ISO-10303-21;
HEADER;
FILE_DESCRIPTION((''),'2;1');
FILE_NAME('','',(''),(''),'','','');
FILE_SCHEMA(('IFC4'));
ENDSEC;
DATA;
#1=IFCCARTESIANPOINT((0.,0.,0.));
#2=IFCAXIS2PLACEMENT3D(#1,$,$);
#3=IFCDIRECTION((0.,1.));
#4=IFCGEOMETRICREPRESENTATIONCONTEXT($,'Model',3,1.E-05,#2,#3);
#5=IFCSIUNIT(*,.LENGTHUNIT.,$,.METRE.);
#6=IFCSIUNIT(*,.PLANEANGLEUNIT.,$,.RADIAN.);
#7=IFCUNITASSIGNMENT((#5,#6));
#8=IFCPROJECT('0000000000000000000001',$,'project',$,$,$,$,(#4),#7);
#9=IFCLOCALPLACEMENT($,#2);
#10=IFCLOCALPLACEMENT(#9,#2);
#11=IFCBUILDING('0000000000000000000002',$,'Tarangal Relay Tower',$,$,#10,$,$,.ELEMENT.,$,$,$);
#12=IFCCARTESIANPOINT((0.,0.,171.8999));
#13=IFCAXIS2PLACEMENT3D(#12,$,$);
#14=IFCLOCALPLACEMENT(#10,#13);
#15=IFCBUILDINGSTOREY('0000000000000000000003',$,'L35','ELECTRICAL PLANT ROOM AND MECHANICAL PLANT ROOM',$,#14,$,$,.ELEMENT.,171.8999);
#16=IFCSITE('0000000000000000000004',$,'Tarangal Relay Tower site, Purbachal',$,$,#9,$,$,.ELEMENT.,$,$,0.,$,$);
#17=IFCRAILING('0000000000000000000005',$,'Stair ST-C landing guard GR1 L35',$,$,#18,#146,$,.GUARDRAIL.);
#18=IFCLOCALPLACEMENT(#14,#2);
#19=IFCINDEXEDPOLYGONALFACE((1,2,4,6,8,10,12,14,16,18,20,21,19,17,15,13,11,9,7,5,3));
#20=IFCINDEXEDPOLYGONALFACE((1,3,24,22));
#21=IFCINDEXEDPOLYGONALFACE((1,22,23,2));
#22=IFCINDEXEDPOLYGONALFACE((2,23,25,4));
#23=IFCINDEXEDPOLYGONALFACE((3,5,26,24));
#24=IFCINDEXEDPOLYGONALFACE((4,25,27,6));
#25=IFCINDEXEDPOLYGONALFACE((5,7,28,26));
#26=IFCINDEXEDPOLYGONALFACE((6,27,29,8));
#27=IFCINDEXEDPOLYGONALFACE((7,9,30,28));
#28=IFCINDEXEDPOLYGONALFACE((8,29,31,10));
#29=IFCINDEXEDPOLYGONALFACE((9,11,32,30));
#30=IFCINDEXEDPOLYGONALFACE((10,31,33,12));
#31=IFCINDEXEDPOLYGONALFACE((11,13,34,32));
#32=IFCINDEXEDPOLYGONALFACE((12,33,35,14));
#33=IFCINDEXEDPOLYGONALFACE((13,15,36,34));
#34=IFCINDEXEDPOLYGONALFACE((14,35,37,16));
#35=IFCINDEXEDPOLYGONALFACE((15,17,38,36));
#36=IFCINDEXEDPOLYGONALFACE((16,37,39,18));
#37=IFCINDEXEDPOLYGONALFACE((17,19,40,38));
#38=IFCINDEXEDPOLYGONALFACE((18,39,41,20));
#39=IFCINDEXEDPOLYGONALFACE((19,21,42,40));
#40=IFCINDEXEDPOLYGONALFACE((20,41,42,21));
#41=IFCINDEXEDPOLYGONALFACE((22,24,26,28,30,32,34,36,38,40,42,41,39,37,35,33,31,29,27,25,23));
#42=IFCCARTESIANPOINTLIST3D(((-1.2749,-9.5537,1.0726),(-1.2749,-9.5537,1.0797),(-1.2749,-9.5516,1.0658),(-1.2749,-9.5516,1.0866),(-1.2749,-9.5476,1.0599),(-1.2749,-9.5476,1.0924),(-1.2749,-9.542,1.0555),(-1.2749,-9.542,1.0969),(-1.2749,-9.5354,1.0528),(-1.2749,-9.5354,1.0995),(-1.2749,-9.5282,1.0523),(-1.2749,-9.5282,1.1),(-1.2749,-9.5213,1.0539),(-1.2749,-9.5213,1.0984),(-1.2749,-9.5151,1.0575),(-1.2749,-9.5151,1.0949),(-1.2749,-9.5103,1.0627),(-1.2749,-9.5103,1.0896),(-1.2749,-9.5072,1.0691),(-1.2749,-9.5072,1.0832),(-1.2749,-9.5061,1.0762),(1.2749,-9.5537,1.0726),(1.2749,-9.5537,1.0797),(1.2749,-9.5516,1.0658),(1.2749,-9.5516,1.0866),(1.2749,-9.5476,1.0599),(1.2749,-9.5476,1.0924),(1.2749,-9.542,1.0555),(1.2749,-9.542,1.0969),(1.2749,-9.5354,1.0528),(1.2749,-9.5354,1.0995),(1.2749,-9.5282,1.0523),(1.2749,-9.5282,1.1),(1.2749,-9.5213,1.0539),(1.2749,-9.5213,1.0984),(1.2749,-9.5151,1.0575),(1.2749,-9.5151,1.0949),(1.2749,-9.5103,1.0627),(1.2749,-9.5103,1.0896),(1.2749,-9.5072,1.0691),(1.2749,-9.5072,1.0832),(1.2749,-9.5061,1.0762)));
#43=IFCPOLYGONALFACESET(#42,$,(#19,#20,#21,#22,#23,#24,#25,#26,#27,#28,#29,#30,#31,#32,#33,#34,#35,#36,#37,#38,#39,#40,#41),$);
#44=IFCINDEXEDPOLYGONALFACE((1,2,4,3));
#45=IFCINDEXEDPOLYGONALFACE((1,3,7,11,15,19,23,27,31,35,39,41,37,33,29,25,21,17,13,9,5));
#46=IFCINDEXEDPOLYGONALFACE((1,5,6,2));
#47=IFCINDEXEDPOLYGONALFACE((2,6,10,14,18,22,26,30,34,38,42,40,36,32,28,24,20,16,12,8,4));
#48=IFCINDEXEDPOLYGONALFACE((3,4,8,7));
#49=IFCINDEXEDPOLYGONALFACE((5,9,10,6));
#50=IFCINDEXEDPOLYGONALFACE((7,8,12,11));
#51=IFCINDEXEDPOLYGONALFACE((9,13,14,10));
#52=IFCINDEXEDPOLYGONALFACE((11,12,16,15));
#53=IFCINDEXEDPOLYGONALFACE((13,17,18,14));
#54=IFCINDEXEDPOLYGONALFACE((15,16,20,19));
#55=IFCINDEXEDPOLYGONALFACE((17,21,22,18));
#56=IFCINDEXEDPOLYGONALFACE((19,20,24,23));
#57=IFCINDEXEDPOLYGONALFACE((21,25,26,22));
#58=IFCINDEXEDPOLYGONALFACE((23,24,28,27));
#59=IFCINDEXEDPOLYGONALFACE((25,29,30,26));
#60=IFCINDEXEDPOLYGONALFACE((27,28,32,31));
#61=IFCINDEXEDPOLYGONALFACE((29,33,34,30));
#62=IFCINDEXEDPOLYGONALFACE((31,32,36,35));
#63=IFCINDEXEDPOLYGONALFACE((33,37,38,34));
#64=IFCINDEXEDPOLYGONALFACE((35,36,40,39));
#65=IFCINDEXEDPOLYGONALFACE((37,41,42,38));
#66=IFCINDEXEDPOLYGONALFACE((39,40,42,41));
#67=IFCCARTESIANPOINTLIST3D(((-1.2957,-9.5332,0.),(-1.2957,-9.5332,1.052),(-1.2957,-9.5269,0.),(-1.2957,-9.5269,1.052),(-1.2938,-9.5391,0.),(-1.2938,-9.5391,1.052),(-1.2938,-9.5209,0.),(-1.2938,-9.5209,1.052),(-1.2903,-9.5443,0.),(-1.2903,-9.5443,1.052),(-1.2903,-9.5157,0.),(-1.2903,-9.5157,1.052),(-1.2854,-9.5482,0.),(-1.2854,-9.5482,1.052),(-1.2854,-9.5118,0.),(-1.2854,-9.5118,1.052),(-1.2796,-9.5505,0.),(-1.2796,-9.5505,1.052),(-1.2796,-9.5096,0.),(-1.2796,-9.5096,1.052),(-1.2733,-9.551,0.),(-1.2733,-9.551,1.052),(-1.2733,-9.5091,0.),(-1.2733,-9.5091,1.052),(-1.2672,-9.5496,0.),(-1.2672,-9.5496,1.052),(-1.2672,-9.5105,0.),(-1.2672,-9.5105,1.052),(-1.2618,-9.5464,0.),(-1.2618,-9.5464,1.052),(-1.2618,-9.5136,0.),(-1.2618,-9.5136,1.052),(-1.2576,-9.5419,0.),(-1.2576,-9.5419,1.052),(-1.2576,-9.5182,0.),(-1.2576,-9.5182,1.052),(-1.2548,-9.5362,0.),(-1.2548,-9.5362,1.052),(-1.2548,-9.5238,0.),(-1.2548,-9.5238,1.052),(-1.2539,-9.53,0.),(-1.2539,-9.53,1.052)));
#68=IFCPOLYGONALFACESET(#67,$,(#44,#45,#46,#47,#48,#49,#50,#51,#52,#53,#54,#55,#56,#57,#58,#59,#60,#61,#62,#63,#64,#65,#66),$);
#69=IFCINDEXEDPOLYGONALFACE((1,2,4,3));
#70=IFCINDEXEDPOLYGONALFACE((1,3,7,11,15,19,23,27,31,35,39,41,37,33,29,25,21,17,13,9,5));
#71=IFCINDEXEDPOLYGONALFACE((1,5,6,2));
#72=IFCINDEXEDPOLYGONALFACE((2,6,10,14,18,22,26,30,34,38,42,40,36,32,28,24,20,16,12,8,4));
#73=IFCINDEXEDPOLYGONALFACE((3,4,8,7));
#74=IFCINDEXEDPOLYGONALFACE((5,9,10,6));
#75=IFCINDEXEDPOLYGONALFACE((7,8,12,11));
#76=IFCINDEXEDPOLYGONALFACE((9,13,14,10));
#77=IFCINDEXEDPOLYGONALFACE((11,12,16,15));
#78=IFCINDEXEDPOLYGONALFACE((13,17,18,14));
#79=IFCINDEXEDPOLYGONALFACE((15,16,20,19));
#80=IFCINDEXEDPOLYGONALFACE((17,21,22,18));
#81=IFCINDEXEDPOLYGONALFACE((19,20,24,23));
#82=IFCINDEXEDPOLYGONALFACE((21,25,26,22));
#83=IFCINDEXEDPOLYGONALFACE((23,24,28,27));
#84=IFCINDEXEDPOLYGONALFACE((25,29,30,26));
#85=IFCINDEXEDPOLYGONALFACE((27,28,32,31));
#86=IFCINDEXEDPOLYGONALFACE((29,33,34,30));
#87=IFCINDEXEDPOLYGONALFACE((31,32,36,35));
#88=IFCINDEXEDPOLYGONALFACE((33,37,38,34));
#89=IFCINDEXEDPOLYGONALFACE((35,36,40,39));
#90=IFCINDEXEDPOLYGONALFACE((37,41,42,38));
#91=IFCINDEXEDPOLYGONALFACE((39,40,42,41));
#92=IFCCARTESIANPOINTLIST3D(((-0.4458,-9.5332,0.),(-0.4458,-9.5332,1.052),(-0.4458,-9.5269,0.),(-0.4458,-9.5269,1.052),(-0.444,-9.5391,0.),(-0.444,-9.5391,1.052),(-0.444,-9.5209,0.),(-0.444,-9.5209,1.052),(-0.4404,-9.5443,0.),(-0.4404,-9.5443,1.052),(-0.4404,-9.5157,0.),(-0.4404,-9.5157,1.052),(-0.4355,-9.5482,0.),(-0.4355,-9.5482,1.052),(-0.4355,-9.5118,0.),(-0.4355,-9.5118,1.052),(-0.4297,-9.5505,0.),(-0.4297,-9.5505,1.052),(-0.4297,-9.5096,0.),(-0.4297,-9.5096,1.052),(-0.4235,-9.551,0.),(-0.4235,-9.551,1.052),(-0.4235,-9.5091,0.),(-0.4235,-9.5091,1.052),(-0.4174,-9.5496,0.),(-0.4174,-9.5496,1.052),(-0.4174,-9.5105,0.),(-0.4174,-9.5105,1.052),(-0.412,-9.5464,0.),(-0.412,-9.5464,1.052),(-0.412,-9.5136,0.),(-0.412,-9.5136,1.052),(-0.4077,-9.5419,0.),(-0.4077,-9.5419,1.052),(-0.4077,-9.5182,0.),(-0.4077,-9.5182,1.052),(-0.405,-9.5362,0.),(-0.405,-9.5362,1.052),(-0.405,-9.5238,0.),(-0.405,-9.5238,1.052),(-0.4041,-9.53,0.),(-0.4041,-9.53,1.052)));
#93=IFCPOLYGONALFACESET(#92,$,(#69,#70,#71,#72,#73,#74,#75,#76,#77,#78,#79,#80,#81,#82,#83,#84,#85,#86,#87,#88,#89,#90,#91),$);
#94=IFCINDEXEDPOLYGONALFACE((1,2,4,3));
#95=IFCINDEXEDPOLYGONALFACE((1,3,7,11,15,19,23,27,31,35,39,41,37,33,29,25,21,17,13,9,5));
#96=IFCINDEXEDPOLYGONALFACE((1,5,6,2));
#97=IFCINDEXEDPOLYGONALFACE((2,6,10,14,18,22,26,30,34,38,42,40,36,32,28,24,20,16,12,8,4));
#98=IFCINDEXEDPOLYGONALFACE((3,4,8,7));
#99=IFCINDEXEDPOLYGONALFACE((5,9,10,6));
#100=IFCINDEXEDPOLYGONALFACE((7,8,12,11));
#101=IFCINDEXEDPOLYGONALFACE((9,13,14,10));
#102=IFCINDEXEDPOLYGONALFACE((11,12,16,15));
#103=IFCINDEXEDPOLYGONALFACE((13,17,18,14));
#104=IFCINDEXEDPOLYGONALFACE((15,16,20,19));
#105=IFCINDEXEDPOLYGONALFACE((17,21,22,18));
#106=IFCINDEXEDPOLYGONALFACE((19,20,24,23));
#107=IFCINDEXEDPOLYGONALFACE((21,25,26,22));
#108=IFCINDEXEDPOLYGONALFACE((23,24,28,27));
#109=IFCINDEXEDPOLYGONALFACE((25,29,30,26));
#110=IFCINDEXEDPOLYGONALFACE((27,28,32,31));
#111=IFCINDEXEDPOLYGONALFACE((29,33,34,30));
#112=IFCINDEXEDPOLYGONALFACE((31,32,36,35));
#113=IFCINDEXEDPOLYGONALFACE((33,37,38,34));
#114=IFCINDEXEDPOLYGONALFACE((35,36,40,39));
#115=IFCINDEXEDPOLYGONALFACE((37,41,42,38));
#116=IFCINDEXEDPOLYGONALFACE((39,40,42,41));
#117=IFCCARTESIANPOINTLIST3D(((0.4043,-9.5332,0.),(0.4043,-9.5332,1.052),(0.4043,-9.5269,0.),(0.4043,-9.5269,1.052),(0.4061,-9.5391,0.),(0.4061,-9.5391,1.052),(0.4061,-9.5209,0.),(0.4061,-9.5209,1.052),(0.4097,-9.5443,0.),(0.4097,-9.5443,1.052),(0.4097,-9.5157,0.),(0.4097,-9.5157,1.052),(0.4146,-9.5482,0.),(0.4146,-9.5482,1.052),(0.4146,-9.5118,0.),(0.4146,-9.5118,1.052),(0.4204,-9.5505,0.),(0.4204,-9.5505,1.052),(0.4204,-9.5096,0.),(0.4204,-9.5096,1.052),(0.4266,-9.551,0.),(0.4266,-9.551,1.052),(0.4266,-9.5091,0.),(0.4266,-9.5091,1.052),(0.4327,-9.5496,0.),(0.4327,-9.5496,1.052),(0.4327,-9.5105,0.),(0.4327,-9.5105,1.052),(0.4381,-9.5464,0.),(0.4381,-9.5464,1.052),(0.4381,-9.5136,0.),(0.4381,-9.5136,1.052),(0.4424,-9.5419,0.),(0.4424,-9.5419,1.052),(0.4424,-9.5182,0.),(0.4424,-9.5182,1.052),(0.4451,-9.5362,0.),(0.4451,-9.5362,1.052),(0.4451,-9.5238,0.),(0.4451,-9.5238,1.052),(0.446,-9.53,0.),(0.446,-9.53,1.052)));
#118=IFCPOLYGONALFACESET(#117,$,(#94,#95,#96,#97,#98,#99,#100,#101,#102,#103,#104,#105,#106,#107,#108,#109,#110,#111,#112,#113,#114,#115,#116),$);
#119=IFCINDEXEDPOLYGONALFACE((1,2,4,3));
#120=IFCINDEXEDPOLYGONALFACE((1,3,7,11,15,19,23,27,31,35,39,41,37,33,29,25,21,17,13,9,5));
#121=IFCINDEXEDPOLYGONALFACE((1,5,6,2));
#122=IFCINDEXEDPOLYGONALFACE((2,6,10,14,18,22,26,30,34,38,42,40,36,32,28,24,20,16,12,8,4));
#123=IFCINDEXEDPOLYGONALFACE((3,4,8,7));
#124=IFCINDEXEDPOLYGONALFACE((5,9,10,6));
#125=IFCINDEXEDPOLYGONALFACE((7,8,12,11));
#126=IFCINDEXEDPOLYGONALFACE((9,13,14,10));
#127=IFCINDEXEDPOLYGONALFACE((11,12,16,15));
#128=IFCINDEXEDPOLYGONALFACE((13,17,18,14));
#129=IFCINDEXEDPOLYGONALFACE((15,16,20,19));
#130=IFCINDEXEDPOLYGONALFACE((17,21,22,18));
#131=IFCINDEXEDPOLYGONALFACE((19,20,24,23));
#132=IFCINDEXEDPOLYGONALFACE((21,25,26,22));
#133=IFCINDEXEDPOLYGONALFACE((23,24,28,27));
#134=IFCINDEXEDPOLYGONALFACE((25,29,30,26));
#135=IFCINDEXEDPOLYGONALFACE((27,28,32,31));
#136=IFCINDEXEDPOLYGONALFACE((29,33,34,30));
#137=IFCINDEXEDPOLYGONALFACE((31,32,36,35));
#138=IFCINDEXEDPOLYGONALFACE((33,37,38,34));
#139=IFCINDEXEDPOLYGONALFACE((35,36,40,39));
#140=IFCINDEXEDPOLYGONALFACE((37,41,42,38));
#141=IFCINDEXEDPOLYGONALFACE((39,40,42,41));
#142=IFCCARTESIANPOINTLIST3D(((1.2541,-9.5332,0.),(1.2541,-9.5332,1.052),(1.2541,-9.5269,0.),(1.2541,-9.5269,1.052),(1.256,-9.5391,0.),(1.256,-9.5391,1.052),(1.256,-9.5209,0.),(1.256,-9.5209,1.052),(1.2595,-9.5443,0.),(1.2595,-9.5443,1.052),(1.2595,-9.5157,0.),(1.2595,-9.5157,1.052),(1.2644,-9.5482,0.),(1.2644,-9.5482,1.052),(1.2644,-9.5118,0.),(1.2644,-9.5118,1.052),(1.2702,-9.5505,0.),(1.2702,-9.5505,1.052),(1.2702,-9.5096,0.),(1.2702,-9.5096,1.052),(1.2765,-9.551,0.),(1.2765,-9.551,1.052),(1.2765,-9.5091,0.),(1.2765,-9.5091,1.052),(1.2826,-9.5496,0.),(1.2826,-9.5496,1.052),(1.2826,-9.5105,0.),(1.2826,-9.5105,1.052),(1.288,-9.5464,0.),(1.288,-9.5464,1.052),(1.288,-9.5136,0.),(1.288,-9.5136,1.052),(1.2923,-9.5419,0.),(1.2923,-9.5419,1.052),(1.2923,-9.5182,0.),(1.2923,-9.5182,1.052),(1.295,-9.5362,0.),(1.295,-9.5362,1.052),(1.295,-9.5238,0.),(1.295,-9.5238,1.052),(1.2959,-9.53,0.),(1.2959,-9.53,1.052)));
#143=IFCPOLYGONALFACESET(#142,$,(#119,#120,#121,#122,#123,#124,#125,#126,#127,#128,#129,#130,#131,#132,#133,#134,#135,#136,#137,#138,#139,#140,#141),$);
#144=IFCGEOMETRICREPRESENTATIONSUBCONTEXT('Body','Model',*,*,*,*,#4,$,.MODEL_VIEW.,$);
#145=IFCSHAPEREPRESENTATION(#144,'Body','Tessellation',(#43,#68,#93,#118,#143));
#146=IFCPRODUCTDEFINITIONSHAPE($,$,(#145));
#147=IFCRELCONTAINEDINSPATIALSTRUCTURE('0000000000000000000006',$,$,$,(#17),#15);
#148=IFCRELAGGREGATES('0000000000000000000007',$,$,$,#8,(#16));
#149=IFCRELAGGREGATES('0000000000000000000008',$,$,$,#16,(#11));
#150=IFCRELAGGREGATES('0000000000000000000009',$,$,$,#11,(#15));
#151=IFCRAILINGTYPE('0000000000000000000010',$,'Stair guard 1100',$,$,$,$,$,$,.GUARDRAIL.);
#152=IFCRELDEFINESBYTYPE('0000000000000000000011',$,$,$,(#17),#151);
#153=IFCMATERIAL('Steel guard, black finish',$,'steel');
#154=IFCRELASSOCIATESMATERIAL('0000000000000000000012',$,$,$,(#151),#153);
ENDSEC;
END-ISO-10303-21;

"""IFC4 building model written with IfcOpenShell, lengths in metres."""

from ifc_helpers import new_model, si_unit, direction, frame, origin, origin_2d, place, context, subcontext, project, spatial, circle, extrude, material, type_object, element, save


model = new_model("IFC4")

# Units and contexts
model_context = context("Model", 3, precision=1e-05, world=origin(), true_north=direction((0.0, 1.0)))
body_context = subcontext(model_context, "Body", "Model", "MODEL_VIEW")
ifc_project = project(units=[si_unit("LENGTHUNIT", "METRE"), si_unit("PLANEANGLEUNIT", "RADIAN")], contexts=[model_context])

# Site, building, storey
site_placement = place(None, origin())
site = spatial("IfcSite", under=ifc_project, at=site_placement, Name="Tarangal Relay Tower site, Purbachal", CompositionType="ELEMENT", RefElevation=0.0)
building_placement = place(site_placement, origin())
building = spatial("IfcBuilding", under=site, at=building_placement, Name="Tarangal Relay Tower", CompositionType="ELEMENT")
storey_placement = place(building_placement, frame((0.0, 0.0, 171.8999)))
storey = spatial("IfcBuildingStorey", under=building, at=storey_placement, Name="L35", Description="ELECTRICAL PLANT ROOM AND MECHANICAL PLANT ROOM", CompositionType="ELEMENT", Elevation=171.8999)

# Railing
ifc_material_1 = material(Name="Steel guard, black finish", Category="steel")
railing_type = type_object("IfcRailingType", Name="Stair guard 1100", PredefinedType="GUARDRAIL", material=ifc_material_1)
for number, where, name in (
    (1, (-1.2749, -9.53, 0.0), "Stair ST-C landing guard GR1 L35"),
):
    element("IfcRailing", number, at=place(storey_placement, frame(where)), inside=storey, type_object=railing_type, Name=name, PredefinedType="GUARDRAIL", context=body_context, shape_type="SweptSolid", body=[
        extrude(circle(Radius=0.0239, at=origin_2d()), frame((0.0, 0.0, 1.0762), z_axis=(1.0, 0.0, 0.0), x_axis=(0.0, 1.0, 0.0)), (0.0, 0.0, 1.0), 2.5498),
        extrude(circle(Radius=0.021, at=origin_2d()), origin(), (0.0, 0.0, 1.0), 1.052),
        extrude(circle(Radius=0.021, at=origin_2d()), frame((0.8499, 0.0, 0.0)), (0.0, 0.0, 1.0), 1.052),
        extrude(circle(Radius=0.021, at=origin_2d()), frame((1.7, 0.0, 0.0)), (0.0, 0.0, 1.0), 1.052),
        extrude(circle(Radius=0.021, at=origin_2d()), frame((2.5498, 0.0, 0.0)), (0.0, 0.0, 1.0), 1.052),
    ])

save(model, "model.ifc")
